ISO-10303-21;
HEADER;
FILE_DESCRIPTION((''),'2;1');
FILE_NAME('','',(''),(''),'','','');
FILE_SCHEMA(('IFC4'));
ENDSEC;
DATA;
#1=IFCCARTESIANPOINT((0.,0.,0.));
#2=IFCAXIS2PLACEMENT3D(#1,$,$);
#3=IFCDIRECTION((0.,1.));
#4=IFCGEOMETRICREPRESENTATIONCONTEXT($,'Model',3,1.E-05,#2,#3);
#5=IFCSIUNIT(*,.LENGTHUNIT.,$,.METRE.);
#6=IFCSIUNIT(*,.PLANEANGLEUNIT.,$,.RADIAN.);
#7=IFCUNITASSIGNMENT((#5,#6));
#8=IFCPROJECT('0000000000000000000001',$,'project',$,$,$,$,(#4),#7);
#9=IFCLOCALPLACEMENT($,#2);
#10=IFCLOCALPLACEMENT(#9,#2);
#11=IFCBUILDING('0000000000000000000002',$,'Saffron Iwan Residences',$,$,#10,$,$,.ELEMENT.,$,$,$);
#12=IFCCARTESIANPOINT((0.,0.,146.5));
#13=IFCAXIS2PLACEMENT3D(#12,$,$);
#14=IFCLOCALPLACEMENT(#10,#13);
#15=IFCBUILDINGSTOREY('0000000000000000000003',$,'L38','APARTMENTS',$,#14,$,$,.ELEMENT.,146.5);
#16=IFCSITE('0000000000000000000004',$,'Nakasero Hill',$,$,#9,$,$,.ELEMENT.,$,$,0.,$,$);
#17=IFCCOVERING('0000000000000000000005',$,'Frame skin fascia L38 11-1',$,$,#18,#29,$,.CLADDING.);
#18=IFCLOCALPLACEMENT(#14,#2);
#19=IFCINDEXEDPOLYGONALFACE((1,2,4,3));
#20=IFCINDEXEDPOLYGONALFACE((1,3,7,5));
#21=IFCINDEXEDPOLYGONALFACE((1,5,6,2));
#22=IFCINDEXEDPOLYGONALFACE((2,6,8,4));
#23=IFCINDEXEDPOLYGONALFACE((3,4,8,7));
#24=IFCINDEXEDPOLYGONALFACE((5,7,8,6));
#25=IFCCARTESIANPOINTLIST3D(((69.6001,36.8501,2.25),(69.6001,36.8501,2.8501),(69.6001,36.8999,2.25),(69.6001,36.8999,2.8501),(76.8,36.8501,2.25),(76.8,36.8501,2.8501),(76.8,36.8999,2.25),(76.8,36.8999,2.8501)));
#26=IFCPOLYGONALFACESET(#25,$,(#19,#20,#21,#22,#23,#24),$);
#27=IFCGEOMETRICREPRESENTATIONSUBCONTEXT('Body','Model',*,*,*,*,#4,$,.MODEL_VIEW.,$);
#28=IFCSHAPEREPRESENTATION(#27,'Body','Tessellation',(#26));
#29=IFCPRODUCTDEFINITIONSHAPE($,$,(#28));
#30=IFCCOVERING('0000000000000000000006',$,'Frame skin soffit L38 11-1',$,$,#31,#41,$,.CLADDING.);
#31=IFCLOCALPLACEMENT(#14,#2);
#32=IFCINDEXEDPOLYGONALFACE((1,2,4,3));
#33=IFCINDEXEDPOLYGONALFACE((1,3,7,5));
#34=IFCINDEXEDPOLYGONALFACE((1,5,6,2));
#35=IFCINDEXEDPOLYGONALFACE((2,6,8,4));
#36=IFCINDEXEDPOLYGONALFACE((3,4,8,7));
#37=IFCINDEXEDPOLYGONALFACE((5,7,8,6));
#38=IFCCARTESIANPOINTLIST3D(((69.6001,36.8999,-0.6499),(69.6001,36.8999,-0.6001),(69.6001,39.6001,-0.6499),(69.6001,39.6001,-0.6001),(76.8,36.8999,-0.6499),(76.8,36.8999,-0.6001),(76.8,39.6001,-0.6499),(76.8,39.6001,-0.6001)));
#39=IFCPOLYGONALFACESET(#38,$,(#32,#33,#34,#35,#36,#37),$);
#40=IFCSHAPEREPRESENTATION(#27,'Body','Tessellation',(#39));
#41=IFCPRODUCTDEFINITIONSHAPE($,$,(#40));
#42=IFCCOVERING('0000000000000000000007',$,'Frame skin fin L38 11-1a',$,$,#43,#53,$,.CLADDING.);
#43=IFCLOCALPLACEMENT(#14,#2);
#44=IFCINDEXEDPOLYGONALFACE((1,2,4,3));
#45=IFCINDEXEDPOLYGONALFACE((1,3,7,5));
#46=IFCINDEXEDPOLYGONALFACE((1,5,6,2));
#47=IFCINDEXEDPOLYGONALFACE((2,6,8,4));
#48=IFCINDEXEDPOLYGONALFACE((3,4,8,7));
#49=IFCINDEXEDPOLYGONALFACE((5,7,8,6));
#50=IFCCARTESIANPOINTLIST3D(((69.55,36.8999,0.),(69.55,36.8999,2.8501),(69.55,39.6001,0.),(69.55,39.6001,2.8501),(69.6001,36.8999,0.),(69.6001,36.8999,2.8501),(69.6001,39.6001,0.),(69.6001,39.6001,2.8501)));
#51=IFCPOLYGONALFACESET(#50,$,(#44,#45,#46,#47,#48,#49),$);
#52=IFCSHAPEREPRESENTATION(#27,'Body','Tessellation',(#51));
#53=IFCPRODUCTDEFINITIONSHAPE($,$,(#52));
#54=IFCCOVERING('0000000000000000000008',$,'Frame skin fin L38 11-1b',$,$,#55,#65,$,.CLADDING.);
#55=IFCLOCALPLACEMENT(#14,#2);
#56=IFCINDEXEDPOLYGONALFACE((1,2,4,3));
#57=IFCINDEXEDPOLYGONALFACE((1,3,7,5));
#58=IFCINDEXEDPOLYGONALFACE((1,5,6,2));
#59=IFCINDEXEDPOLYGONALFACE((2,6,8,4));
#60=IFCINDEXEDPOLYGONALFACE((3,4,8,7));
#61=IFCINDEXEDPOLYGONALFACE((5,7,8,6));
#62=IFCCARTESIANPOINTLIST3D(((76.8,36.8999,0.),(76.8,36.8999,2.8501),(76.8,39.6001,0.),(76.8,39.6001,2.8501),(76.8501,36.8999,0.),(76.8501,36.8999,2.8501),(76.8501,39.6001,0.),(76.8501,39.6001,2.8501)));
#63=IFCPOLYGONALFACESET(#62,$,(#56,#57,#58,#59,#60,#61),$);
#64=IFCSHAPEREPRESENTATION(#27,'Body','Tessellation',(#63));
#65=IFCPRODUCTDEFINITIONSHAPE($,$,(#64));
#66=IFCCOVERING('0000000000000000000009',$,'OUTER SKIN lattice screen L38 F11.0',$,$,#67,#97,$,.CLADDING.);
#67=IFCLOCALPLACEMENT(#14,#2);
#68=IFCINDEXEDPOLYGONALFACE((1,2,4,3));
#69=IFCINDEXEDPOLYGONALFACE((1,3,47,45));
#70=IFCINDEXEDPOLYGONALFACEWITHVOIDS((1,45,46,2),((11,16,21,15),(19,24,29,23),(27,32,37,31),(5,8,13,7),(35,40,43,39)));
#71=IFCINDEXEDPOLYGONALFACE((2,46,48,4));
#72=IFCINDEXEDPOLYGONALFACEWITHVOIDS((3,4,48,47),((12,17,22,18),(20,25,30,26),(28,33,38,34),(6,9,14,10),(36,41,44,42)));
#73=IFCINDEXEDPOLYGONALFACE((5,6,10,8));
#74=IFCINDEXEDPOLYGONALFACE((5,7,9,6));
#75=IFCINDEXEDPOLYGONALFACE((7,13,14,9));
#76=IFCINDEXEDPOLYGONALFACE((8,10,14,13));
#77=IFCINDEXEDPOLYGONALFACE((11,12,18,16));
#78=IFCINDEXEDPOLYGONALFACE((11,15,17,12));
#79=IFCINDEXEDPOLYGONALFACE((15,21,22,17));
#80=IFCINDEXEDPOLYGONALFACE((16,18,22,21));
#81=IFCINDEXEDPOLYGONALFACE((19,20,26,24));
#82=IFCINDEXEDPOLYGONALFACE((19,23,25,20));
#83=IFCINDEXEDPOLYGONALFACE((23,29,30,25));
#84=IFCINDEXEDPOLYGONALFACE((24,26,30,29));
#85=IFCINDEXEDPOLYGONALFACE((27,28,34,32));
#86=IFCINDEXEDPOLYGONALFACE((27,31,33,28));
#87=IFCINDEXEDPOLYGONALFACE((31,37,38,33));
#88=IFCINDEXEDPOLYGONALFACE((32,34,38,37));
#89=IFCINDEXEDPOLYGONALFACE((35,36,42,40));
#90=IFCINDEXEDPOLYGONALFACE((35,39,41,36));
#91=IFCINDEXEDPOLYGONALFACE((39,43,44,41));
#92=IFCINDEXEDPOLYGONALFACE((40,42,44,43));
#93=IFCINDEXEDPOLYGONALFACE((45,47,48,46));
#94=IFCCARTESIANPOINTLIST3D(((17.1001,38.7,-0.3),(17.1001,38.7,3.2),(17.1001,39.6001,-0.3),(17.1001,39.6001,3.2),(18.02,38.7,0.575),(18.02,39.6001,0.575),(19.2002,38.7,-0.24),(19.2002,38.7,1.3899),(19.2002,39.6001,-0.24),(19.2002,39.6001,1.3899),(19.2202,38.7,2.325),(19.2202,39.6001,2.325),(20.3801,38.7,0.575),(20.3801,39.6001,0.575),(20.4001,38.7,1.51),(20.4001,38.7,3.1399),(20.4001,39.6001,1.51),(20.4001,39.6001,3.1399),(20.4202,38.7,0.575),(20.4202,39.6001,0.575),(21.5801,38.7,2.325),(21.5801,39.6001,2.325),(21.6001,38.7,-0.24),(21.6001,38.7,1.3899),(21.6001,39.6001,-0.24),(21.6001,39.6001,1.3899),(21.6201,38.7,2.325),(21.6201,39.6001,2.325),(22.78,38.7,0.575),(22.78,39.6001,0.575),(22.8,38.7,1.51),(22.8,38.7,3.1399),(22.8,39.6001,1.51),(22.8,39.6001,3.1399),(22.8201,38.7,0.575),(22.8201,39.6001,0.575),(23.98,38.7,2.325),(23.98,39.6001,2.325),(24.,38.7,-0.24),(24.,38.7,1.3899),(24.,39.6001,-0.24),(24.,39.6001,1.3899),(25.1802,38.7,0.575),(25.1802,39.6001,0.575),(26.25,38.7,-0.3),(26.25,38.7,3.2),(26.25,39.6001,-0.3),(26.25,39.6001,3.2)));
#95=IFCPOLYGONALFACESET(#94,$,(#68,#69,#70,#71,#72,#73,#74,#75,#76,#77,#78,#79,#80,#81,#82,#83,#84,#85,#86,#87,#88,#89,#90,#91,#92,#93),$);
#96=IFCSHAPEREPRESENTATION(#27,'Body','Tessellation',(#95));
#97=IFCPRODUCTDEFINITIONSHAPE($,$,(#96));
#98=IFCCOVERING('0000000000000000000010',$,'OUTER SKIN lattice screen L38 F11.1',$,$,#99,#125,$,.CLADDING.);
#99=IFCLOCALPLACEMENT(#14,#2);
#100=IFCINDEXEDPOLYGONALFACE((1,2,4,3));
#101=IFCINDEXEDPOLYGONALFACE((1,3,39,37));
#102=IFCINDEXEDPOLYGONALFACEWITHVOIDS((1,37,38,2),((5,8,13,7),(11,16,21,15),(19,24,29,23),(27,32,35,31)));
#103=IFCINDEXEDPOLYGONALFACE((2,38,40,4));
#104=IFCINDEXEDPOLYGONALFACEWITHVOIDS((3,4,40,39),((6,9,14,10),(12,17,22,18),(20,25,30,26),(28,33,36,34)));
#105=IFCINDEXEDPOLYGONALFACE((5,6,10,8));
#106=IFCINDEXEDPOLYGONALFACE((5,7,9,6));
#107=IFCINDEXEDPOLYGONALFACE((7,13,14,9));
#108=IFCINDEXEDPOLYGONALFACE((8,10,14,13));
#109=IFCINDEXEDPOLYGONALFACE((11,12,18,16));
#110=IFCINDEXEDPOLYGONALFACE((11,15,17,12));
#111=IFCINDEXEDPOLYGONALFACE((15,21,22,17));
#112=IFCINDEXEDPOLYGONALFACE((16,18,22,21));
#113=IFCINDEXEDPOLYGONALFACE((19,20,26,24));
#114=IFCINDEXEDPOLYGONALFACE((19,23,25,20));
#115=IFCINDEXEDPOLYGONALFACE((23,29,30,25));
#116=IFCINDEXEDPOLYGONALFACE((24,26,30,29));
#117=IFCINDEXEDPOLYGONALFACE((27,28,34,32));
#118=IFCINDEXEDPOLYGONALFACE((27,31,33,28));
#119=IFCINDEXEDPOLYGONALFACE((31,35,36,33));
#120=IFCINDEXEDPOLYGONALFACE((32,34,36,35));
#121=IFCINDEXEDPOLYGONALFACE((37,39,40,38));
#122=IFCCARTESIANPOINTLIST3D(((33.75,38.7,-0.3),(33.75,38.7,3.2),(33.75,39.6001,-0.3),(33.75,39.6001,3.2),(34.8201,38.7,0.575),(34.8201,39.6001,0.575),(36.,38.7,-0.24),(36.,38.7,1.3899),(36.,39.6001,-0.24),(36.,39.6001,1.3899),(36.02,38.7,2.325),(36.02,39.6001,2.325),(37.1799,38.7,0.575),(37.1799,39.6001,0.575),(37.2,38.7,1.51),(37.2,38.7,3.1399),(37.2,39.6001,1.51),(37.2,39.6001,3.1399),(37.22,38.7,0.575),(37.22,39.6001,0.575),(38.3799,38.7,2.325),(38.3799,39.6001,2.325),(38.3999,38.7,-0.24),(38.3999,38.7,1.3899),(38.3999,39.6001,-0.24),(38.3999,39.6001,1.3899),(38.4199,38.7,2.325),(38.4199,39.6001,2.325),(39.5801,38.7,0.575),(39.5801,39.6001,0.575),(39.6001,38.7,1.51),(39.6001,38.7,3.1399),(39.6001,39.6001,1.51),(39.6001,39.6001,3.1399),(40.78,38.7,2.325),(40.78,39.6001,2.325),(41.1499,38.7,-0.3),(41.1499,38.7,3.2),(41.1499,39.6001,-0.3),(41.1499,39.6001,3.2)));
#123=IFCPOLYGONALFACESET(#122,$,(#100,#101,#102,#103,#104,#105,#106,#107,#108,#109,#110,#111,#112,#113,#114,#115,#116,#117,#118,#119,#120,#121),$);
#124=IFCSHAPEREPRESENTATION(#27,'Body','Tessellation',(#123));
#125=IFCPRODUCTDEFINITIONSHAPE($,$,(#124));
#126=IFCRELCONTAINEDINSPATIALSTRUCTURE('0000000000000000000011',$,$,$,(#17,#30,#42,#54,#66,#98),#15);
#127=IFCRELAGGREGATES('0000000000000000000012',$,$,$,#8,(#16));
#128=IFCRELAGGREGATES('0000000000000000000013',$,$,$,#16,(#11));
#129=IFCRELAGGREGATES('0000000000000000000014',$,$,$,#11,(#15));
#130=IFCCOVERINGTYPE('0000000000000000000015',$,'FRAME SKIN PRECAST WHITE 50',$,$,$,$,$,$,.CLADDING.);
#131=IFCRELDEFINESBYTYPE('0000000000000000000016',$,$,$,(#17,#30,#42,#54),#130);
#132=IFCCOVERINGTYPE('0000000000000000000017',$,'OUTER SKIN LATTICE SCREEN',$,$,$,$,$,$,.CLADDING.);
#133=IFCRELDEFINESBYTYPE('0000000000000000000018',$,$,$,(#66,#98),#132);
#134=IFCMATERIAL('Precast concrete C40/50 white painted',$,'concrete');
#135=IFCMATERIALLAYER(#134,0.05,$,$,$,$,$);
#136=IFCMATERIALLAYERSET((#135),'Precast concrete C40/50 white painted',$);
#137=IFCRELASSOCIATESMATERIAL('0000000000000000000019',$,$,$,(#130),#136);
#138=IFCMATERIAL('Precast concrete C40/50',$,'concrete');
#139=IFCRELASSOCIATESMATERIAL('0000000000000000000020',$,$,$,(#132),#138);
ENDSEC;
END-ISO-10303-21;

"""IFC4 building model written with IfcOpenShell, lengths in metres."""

from ifc_helpers import new_model, si_unit, direction, frame, origin, place, context, subcontext, project, spatial, polyline, outline, extrude, material, layer, layer_set, type_object, element, save


model = new_model("IFC4")

# Units and contexts
model_context = context("Model", 3, precision=1e-05, world=origin(), true_north=direction((0.0, 1.0)))
body_context = subcontext(model_context, "Body", "Model", "MODEL_VIEW")
ifc_project = project(units=[si_unit("LENGTHUNIT", "METRE"), si_unit("PLANEANGLEUNIT", "RADIAN")], contexts=[model_context])

# Site, building, storey
site_placement = place(None, origin())
site = spatial("IfcSite", under=ifc_project, at=site_placement, Name="Nakasero Hill", CompositionType="ELEMENT", RefElevation=0.0)
building_placement = place(site_placement, origin())
building = spatial("IfcBuilding", under=site, at=building_placement, Name="Saffron Iwan Residences", CompositionType="ELEMENT")
storey_placement = place(building_placement, frame((0.0, 0.0, 146.5)))
storey = spatial("IfcBuildingStorey", under=building, at=storey_placement, Name="L38", Description="APARTMENTS", CompositionType="ELEMENT", Elevation=146.5)

# Coverings
ifc_material_1 = material(Name="Precast concrete C40/50 white painted", Category="concrete")
ifc_layer_1 = layer(ifc_material_1, 0.05)
ifc_layer_set_1 = layer_set([ifc_layer_1], Name="Precast concrete C40/50 white painted")
covering_type_1 = type_object("IfcCoveringType", Name="FRAME SKIN PRECAST WHITE 50", PredefinedType="CLADDING", material=ifc_layer_set_1)
for number, where, name in (
    (1, (0.0, 0.0, 2.25), "Frame skin fascia L38 11-1"),
):
    element("IfcCovering", number, at=place(storey_placement, frame(where)), inside=storey, type_object=covering_type_1, Name=name, PredefinedType="CLADDING", context=body_context, shape_type="SweptSolid", body=[
        extrude(outline(polyline([(69.6001, 36.8501), (76.8, 36.8501), (76.8, 36.8999), (69.6001, 36.8999), (69.6001, 36.8501)])), origin(), (0.0, 0.0, 1.0), 0.6001),
    ])
covering_1_placement = place(storey_placement, frame((0.0, 0.0, -0.6499)))
element("IfcCovering", 2, at=covering_1_placement, inside=storey, type_object=covering_type_1, Name="Frame skin soffit L38 11-1", PredefinedType="CLADDING", context=body_context, shape_type="SweptSolid", body=[
    extrude(outline(polyline([(69.6001, 36.8999), (76.8, 36.8999), (76.8, 39.6001), (69.6001, 39.6001), (69.6001, 36.8999)])), origin(), (0.0, 0.0, 1.0), 0.0498),
])
covering_2_placement = place(storey_placement, origin())
element("IfcCovering", 3, at=covering_2_placement, inside=storey, type_object=covering_type_1, Name="Frame skin fin L38 11-1a", PredefinedType="CLADDING", context=body_context, shape_type="SweptSolid", body=[
    extrude(outline(polyline([(69.55, 36.8999), (69.6001, 36.8999), (69.6001, 39.6001), (69.55, 39.6001), (69.55, 36.8999)])), origin(), (0.0, 0.0, 1.0), 2.8501),
])
covering_3_placement = place(storey_placement, origin())
element("IfcCovering", 4, at=covering_3_placement, inside=storey, type_object=covering_type_1, Name="Frame skin fin L38 11-1b", PredefinedType="CLADDING", context=body_context, shape_type="SweptSolid", body=[
    extrude(outline(polyline([(76.8, 36.8999), (76.8501, 36.8999), (76.8501, 39.6001), (76.8, 39.6001), (76.8, 36.8999)])), origin(), (0.0, 0.0, 1.0), 2.8501),
])
ifc_material_2 = material(Name="Precast concrete C40/50", Category="concrete")
covering_type_2 = type_object("IfcCoveringType", Name="OUTER SKIN LATTICE SCREEN", PredefinedType="CLADDING", material=ifc_material_2)
covering_4_placement = place(storey_placement, frame((17.1001, 39.6001, -0.3), z_axis=(0.0, -1.0, 0.0), x_axis=(1.0, 0.0, 0.0)))
element("IfcCovering", 5, at=covering_4_placement, inside=storey, type_object=covering_type_2, Name="OUTER SKIN lattice screen L38 F11.0", PredefinedType="CLADDING", context=body_context, shape_type="SweptSolid", body=[
    extrude(outline(polyline([(0.0, 0.0), (9.1499, 0.0), (9.1499, 3.5), (0.0, 3.5), (0.0, 0.0)]), holes=[polyline([(0.9199, 0.875), (2.1001, 0.0601), (3.28, 0.875), (2.1001, 1.6899), (0.9199, 0.875)]), polyline([(3.3201, 0.875), (4.5, 0.0601), (5.6799, 0.875), (4.5, 1.6899), (3.3201, 0.875)]), polyline([(5.72, 0.875), (6.8999, 0.0601), (8.0801, 0.875), (6.8999, 1.6899), (5.72, 0.875)]), polyline([(2.1201, 2.625), (3.3, 1.8101), (4.48, 2.625), (3.3, 3.4399), (2.1201, 2.625)]), polyline([(4.52, 2.625), (5.7, 1.8101), (6.8799, 2.625), (5.7, 3.4399), (4.52, 2.625)])]), origin(), (0.0, 0.0, 1.0), 0.9001),
])
covering_5_placement = place(storey_placement, frame((33.75, 39.6001, -0.3), z_axis=(0.0, -1.0, 0.0), x_axis=(1.0, 0.0, 0.0)))
element("IfcCovering", 6, at=covering_5_placement, inside=storey, type_object=covering_type_2, Name="OUTER SKIN lattice screen L38 F11.1", PredefinedType="CLADDING", context=body_context, shape_type="SweptSolid", body=[
    extrude(outline(polyline([(0.0, 0.0), (7.3999, 0.0), (7.3999, 3.5), (0.0, 3.5), (0.0, 0.0)]), holes=[polyline([(1.0701, 0.875), (2.25, 0.0601), (3.4299, 0.875), (2.25, 1.6899), (1.0701, 0.875)]), polyline([(3.47, 0.875), (4.6499, 0.0601), (5.8301, 0.875), (4.6499, 1.6899), (3.47, 0.875)]), polyline([(2.27, 2.625), (3.45, 1.8101), (4.6299, 2.625), (3.45, 3.4399), (2.27, 2.625)]), polyline([(4.6699, 2.625), (5.8501, 1.8101), (7.03, 2.625), (5.8501, 3.4399), (4.6699, 2.625)])]), origin(), (0.0, 0.0, 1.0), 0.9001),
])

save(model, "model.ifc")
